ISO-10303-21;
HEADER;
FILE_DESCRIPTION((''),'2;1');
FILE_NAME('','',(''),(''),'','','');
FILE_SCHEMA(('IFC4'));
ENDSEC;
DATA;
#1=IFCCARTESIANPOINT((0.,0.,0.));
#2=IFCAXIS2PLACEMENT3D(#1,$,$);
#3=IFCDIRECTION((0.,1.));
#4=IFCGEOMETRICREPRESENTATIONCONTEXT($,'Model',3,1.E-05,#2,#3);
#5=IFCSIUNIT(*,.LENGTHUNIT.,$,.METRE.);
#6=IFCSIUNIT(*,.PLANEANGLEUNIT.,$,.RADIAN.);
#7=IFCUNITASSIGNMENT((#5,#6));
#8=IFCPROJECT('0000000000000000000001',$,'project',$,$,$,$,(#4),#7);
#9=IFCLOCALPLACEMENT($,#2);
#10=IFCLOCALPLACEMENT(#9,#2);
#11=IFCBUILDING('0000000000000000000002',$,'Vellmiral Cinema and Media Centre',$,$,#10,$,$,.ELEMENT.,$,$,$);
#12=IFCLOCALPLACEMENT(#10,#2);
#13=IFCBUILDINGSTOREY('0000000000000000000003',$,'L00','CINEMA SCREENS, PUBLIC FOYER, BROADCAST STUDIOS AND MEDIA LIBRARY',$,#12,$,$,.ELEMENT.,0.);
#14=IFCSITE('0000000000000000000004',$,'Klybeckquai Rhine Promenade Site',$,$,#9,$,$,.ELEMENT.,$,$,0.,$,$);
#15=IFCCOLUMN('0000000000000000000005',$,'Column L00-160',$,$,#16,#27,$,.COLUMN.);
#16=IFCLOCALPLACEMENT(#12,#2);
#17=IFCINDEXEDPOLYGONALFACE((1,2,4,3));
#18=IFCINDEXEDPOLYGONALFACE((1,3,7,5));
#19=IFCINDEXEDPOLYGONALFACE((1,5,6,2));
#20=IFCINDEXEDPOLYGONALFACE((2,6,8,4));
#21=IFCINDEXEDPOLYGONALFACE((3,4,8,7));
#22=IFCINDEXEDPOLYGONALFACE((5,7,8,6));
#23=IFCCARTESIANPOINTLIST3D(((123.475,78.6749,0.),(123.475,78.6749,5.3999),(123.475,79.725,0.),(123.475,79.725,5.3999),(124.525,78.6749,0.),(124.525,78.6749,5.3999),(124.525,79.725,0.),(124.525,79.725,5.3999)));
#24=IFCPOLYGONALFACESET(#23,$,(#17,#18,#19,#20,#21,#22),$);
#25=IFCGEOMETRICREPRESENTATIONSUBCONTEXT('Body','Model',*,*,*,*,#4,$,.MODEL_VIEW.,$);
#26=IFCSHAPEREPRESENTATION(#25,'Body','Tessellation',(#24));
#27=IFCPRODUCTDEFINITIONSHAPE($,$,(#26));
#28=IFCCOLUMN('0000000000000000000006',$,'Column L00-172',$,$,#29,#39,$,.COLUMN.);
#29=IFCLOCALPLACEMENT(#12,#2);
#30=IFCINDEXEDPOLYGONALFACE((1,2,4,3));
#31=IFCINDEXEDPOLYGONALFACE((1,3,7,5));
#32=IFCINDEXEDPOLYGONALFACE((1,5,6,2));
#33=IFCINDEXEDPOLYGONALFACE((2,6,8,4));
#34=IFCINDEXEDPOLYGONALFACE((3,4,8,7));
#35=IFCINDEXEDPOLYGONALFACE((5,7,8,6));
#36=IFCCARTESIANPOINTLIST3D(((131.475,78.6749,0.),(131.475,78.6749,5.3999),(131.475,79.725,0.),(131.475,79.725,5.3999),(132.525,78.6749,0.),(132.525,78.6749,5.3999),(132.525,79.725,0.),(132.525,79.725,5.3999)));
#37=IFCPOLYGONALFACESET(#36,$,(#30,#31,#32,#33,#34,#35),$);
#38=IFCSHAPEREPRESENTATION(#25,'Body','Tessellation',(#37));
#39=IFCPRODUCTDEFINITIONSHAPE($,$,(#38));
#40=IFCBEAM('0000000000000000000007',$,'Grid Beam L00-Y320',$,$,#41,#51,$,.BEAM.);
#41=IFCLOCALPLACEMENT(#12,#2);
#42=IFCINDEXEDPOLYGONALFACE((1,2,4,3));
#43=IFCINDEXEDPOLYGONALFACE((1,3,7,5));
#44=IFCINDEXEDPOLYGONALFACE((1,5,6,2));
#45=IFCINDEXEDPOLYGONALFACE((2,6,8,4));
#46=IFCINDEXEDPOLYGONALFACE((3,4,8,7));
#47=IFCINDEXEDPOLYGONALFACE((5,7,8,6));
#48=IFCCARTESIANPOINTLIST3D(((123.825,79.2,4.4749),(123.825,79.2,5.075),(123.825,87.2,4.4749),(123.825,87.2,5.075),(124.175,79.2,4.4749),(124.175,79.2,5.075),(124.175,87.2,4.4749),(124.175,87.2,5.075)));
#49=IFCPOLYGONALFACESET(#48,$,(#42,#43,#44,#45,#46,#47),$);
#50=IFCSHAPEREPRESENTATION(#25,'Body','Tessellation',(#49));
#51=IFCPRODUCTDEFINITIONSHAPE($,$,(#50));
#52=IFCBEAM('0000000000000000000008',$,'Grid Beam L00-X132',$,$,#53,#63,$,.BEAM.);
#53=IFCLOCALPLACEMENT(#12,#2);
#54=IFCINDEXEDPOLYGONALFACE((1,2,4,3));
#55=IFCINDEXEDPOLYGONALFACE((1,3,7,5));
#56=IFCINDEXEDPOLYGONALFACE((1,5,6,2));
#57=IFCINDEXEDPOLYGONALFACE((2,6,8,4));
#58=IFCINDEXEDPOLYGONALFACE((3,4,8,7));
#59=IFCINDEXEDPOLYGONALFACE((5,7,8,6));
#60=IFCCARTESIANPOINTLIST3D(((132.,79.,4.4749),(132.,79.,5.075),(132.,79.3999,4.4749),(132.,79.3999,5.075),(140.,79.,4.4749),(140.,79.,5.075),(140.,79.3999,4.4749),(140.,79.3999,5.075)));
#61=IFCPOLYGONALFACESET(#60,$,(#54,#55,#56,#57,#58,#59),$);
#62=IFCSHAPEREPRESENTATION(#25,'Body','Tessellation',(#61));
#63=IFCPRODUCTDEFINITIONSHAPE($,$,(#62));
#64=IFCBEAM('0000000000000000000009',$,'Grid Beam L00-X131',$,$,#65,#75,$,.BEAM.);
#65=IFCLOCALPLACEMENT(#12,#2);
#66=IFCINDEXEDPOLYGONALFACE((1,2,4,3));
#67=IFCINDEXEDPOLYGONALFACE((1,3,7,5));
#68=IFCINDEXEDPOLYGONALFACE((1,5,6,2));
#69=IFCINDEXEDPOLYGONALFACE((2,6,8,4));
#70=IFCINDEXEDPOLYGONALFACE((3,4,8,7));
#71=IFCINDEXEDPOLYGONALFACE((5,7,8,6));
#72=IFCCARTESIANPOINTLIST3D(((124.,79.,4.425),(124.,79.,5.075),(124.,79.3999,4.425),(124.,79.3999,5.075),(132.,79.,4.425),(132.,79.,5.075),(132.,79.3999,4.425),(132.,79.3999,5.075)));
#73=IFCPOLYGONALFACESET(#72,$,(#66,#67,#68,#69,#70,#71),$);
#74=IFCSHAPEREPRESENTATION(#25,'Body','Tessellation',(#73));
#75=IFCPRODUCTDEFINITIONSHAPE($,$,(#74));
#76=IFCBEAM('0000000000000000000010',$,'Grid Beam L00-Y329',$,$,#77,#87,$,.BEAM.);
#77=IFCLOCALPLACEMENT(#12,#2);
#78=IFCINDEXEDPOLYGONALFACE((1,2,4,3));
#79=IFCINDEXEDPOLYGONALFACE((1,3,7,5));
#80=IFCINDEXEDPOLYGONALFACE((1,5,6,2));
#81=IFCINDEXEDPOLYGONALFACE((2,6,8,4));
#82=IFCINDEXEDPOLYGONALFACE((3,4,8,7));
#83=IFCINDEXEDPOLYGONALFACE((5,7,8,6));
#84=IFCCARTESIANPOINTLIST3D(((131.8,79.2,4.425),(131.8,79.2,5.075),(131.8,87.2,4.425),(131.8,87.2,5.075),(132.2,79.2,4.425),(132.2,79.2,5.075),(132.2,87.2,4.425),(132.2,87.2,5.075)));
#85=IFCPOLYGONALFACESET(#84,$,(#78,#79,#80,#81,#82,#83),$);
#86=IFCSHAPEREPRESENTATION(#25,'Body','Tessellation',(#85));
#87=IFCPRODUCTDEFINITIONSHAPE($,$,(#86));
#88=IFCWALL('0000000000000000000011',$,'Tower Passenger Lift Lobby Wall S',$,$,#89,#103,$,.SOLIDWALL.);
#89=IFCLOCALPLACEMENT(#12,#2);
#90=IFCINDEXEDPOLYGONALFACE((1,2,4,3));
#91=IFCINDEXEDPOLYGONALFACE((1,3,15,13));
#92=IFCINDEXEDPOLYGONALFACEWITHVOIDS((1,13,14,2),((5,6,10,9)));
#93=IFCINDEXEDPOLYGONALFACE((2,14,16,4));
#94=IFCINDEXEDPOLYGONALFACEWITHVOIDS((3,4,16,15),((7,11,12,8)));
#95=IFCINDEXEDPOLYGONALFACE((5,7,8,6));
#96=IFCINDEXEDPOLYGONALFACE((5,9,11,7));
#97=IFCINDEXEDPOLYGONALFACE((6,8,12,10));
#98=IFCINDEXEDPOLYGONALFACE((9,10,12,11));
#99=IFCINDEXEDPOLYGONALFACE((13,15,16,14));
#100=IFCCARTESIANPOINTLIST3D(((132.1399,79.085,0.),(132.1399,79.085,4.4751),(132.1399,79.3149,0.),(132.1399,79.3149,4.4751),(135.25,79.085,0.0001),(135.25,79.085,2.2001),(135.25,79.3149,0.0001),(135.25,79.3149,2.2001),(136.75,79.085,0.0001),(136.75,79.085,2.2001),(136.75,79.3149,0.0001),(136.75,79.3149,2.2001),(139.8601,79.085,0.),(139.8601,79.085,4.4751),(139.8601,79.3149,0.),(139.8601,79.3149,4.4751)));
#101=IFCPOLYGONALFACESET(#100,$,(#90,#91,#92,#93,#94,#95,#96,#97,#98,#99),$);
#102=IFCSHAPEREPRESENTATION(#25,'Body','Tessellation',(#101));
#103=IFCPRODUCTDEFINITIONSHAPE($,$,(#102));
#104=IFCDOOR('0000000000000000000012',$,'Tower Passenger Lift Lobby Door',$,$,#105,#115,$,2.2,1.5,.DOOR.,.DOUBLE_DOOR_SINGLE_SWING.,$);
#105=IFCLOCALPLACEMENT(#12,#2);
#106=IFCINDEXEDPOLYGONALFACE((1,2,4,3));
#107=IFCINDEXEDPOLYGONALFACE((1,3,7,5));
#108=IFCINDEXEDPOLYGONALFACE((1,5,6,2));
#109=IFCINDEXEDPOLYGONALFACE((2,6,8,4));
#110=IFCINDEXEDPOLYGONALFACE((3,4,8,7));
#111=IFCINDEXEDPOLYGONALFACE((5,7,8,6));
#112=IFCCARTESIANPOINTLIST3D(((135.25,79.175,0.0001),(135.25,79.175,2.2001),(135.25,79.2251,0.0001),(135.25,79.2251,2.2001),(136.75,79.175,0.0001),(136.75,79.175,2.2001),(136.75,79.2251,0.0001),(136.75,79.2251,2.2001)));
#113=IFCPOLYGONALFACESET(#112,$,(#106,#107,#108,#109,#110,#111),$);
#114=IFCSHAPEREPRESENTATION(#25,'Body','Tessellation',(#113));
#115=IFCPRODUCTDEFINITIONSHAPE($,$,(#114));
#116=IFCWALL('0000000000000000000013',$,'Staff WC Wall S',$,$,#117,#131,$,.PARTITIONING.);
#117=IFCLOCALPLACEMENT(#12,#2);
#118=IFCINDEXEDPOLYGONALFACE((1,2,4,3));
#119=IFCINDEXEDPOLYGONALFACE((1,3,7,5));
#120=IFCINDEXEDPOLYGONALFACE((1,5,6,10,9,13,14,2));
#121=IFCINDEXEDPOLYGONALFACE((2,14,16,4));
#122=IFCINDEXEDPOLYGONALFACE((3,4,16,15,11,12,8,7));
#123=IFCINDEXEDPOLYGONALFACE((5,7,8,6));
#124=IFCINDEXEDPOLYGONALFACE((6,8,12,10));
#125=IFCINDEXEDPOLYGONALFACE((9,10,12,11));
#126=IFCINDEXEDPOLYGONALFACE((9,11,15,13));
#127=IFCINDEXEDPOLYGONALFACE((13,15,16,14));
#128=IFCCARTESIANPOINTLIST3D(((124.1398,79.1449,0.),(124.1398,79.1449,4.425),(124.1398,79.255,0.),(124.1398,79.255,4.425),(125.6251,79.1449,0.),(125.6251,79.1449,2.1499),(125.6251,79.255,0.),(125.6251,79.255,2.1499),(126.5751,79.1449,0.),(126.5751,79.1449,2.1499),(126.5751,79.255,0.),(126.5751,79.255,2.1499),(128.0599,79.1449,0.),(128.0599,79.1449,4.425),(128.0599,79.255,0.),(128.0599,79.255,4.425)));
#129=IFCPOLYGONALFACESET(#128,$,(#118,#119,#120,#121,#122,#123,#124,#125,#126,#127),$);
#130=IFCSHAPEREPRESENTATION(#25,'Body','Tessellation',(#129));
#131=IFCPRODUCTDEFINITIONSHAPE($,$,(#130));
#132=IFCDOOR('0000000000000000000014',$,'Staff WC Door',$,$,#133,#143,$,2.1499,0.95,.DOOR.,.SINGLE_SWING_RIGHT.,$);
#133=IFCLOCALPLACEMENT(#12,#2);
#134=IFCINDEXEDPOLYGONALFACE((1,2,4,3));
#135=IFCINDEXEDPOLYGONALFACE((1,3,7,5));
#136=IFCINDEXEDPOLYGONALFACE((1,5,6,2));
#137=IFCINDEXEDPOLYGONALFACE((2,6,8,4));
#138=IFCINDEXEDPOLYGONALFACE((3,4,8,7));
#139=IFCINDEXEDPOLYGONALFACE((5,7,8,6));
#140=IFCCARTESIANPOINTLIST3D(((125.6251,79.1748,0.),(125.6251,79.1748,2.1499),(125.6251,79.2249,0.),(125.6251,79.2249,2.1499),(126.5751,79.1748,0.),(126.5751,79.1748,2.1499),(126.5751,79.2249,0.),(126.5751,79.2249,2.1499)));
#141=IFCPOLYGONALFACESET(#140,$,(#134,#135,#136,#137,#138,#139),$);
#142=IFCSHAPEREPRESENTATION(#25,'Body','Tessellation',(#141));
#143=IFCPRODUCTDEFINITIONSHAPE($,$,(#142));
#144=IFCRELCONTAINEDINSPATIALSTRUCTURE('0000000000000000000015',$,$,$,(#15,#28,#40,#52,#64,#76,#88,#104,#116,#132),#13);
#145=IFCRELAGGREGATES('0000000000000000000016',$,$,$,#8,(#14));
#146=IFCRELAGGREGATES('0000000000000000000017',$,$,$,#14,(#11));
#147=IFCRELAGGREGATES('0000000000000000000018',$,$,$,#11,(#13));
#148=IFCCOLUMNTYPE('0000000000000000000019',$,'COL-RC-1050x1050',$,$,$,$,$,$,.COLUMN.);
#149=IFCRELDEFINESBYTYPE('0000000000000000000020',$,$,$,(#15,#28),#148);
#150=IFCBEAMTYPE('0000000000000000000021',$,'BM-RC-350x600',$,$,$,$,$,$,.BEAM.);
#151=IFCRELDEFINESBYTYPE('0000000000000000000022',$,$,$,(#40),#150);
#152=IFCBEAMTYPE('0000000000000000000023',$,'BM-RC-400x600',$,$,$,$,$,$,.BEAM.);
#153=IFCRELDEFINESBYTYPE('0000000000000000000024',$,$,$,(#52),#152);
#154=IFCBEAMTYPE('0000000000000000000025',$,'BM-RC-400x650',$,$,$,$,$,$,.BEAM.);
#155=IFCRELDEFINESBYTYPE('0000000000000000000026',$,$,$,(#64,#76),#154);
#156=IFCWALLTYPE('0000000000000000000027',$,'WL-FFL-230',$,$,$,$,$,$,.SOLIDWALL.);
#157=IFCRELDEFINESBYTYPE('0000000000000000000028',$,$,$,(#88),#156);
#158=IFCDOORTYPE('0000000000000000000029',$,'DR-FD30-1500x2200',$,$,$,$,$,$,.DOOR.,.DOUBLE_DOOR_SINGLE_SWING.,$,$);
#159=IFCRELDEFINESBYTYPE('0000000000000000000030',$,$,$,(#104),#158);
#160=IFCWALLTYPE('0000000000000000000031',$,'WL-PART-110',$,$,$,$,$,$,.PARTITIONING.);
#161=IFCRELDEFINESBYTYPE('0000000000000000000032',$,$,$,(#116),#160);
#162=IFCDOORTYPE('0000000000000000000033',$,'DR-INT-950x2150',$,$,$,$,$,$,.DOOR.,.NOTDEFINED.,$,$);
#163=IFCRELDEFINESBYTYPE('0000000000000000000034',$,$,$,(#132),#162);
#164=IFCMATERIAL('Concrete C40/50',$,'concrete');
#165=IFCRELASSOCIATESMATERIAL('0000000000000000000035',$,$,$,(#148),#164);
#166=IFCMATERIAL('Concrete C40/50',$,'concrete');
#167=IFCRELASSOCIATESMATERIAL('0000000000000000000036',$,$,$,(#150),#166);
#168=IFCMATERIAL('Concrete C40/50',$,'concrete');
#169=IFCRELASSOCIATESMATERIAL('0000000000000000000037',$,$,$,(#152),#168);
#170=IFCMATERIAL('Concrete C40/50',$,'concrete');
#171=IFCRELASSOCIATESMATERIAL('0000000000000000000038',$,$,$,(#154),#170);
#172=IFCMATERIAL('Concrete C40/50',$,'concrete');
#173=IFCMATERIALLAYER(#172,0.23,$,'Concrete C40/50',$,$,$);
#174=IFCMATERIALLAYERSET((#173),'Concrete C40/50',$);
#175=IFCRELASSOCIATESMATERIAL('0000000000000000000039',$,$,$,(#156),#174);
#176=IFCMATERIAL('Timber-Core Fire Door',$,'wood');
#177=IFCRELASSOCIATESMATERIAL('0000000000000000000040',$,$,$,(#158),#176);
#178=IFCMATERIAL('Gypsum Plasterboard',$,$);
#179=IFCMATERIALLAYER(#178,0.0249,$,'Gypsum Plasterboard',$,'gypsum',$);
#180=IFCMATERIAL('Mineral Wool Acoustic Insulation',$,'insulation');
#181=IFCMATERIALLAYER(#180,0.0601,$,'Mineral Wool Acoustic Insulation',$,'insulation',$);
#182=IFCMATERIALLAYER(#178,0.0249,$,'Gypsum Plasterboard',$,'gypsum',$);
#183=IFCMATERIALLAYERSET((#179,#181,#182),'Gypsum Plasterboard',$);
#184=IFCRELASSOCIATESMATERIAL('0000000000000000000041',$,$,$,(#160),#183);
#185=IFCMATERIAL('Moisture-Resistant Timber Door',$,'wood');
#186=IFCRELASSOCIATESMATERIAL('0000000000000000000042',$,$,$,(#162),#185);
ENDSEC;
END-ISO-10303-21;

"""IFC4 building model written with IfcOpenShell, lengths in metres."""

from ifc_helpers import new_model, si_unit, direction, frame, frame_2d, origin, origin_2d, place, context, subcontext, project, spatial, rectangle, extrude, material, layer, layer_set, material_profile, profile_set, type_object, element, fill, save


model = new_model("IFC4")

# Units and contexts
model_context = context("Model", 3, precision=1e-05, world=origin(), true_north=direction((0.0, 1.0)))
body_context = subcontext(model_context, "Body", "Model", "MODEL_VIEW")
ifc_project = project(units=[si_unit("LENGTHUNIT", "METRE"), si_unit("PLANEANGLEUNIT", "RADIAN")], contexts=[model_context])

# Site, building, storey
site_placement = place(None, origin())
site = spatial("IfcSite", under=ifc_project, at=site_placement, Name="Klybeckquai Rhine Promenade Site", CompositionType="ELEMENT", RefElevation=0.0)
building_placement = place(site_placement, origin())
building = spatial("IfcBuilding", under=site, at=building_placement, Name="Vellmiral Cinema and Media Centre", CompositionType="ELEMENT")
storey_placement = place(building_placement, origin())
storey = spatial("IfcBuildingStorey", under=building, at=storey_placement, Name="L00", Description="CINEMA SCREENS, PUBLIC FOYER, BROADCAST STUDIOS AND MEDIA LIBRARY", CompositionType="ELEMENT", Elevation=0.0)

# Columns
ifc_material_1 = material(Name="Concrete C40/50", Category="concrete")
ifc_material_profile_1 = material_profile(ifc_material_1, rectangle(XDim=1.05, YDim=1.05, at=origin_2d()), Name="RC 1050x1050")
ifc_profile_set_1 = profile_set([ifc_material_profile_1], Name="Concrete C40/50")
column_type = type_object("IfcColumnType", Name="COL-RC-1050x1050", PredefinedType="COLUMN", material=ifc_profile_set_1)
for number, where, z_axis, x_axis, name in (
    (1, (124.0, 79.2, 0.0), (0.0, 0.0, 1.0), (1.0, 0.0, 0.0), "Column L00-160"),
    (2, (132.0, 79.2, 0.0), (0.0, 0.0, 1.0), (1.0, 0.0, 0.0), "Column L00-172"),
):
    element("IfcColumn", number, at=place(storey_placement, frame(where, z_axis=z_axis, x_axis=x_axis)), inside=storey, type_object=column_type, Name=name, PredefinedType="COLUMN", context=body_context, shape_type="SweptSolid", body=[
        extrude(rectangle(XDim=1.05, YDim=1.05, at=origin_2d()), origin(), (0.0, 0.0, 1.0), 5.3999),
    ])

# Beams
ifc_material_2 = material(Name="Concrete C40/50", Category="concrete")
ifc_material_profile_2 = material_profile(ifc_material_2, rectangle(XDim=0.3501, YDim=0.6001, at=origin_2d()), Name="RC 350x600")
ifc_profile_set_2 = profile_set([ifc_material_profile_2], Name="Concrete C40/50")
beam_type_1 = type_object("IfcBeamType", Name="BM-RC-350x600", PredefinedType="BEAM", material=ifc_profile_set_2)
beam_1_placement = place(storey_placement, frame((124.0, 79.2, 4.7749), z_axis=(0.0, 1.0, 0.0), x_axis=(-1.0, 0.0, 0.0)))
element("IfcBeam", 3, at=beam_1_placement, inside=storey, type_object=beam_type_1, Name="Grid Beam L00-Y320", PredefinedType="BEAM", context=body_context, shape_type="SweptSolid", body=[
    extrude(rectangle(XDim=0.3501, YDim=0.6001, at=origin_2d()), origin(), (0.0, 0.0, 1.0), 8.0),
])
ifc_material_3 = material(Name="Concrete C40/50", Category="concrete")
ifc_material_profile_3 = material_profile(ifc_material_3, rectangle(XDim=0.3999, YDim=0.6001, at=origin_2d()), Name="RC 400x600")
ifc_profile_set_3 = profile_set([ifc_material_profile_3], Name="Concrete C40/50")
beam_type_2 = type_object("IfcBeamType", Name="BM-RC-400x600", PredefinedType="BEAM", material=ifc_profile_set_3)
beam_2_placement = place(storey_placement, frame((132.0, 79.2, 4.7749), z_axis=(1.0, 0.0, 0.0), x_axis=(0.0, 1.0, 0.0)))
element("IfcBeam", 4, at=beam_2_placement, inside=storey, type_object=beam_type_2, Name="Grid Beam L00-X132", PredefinedType="BEAM", context=body_context, shape_type="SweptSolid", body=[
    extrude(rectangle(XDim=0.3999, YDim=0.6001, at=origin_2d()), origin(), (0.0, 0.0, 1.0), 8.0),
])
ifc_material_4 = material(Name="Concrete C40/50", Category="concrete")
ifc_material_profile_4 = material_profile(ifc_material_4, rectangle(XDim=0.3999, YDim=0.6499, at=origin_2d()), Name="RC 400x650")
ifc_profile_set_4 = profile_set([ifc_material_profile_4], Name="Concrete C40/50")
beam_type_3 = type_object("IfcBeamType", Name="BM-RC-400x650", PredefinedType="BEAM", material=ifc_profile_set_4)
for number, where, z_axis, x_axis, name in (
    (5, (124.0, 79.2, 4.75), (1.0, 0.0, 0.0), (0.0, 1.0, 0.0), "Grid Beam L00-X131"),
    (6, (132.0, 79.2, 4.75), (0.0, 1.0, 0.0), (-1.0, 0.0, 0.0), "Grid Beam L00-Y329"),
):
    element("IfcBeam", number, at=place(storey_placement, frame(where, z_axis=z_axis, x_axis=x_axis)), inside=storey, type_object=beam_type_3, Name=name, PredefinedType="BEAM", context=body_context, shape_type="SweptSolid", body=[
        extrude(rectangle(XDim=0.3999, YDim=0.6499, at=origin_2d()), origin(), (0.0, 0.0, 1.0), 8.0),
    ])

# Walls, openings, doors
ifc_material_5 = material(Name="Concrete C40/50", Category="concrete")
ifc_layer_1 = layer(ifc_material_5, 0.23, Name="Concrete C40/50")
ifc_layer_set_1 = layer_set([ifc_layer_1], Name="Concrete C40/50")
wall_type_1 = type_object("IfcWallType", Name="WL-FFL-230", PredefinedType="SOLIDWALL", material=ifc_layer_set_1)
wall_1_placement = place(storey_placement, frame((132.1399, 79.2, 0.0), z_axis=(0.0, 0.0, 1.0), x_axis=(1.0, 0.0, 0.0)))
wall_1 = element("IfcWall", 7, at=wall_1_placement, inside=storey, type_object=wall_type_1, Name="Tower Passenger Lift Lobby Wall S", PredefinedType="SOLIDWALL", context=body_context, shape_type="SweptSolid", body=[
    extrude(rectangle(XDim=7.7202, YDim=0.23, at=frame_2d((3.8601, 0.0))), origin(), (0.0, 0.0, 1.0), 4.4751),
])
opening_1_placement = place(wall_1_placement, frame((3.1101, 0.0, 0.0)))
opening_1 = element("IfcOpeningElement", 8, at=opening_1_placement, cuts=wall_1, PredefinedType="OPENING", context=body_context, shape_type="SweptSolid", body=[
    extrude(rectangle(XDim=1.5, YDim=2.2, at=frame_2d((0.75, 1.1001))), frame((0.0, 0.127, 0.0), z_axis=(0.0, -1.0, 0.0), x_axis=(1.0, 0.0, 0.0)), (0.0, 0.0, 1.0), 0.2539),
])
ifc_material_6 = material(Name="Timber-Core Fire Door", Category="wood")
door_type_1 = type_object("IfcDoorType", Name="DR-FD30-1500x2200", OperationType="DOUBLE_DOOR_SINGLE_SWING", PredefinedType="DOOR", material=ifc_material_6)
door_1_placement = place(opening_1_placement, frame((1.5, 0.0, 0.0), z_axis=(0.0, 0.0, 1.0), x_axis=(-1.0, 0.0, 0.0)))
door_1 = element("IfcDoor", 9, at=door_1_placement, inside=storey, type_object=door_type_1, Name="Tower Passenger Lift Lobby Door", OperationType="DOUBLE_DOOR_SINGLE_SWING", OverallHeight=2.2, OverallWidth=1.5, PredefinedType="DOOR", context=body_context, shape_type="SweptSolid", body=[
    extrude(rectangle(XDim=1.5, YDim=2.2, at=frame_2d((0.75, 1.1001))), frame((0.0, 0.0249, 0.0), z_axis=(0.0, -1.0, 0.0), x_axis=(1.0, 0.0, 0.0)), (0.0, 0.0, 1.0), 0.05),
])
fill(opening_1, door_1)
ifc_material_7 = material(Name="Gypsum Plasterboard")
ifc_layer_2 = layer(ifc_material_7, 0.0249, Name="Gypsum Plasterboard", Category="gypsum")
ifc_material_8 = material(Name="Mineral Wool Acoustic Insulation", Category="insulation")
ifc_layer_3 = layer(ifc_material_8, 0.0601, Name="Mineral Wool Acoustic Insulation", Category="insulation")
ifc_layer_4 = layer(ifc_material_7, 0.0249, Name="Gypsum Plasterboard", Category="gypsum")
ifc_layer_set_2 = layer_set([ifc_layer_2, ifc_layer_3, ifc_layer_4], Name="Gypsum Plasterboard")
wall_type_2 = type_object("IfcWallType", Name="WL-PART-110", PredefinedType="PARTITIONING", material=ifc_layer_set_2)
wall_2_placement = place(storey_placement, frame((124.1399, 79.2, 0.0), z_axis=(0.0, 0.0, 1.0), x_axis=(1.0, 0.0, 0.0)))
wall_2 = element("IfcWall", 10, at=wall_2_placement, inside=storey, type_object=wall_type_2, Name="Staff WC Wall S", PredefinedType="PARTITIONING", context=body_context, shape_type="SweptSolid", body=[
    extrude(rectangle(XDim=3.9202, YDim=0.1101, at=frame_2d((1.96, 0.0))), origin(), (0.0, 0.0, 1.0), 4.425),
])
opening_2_placement = place(wall_2_placement, frame((1.4851, 0.0, 0.0)))
opening_2 = element("IfcOpeningElement", 11, at=opening_2_placement, cuts=wall_2, PredefinedType="OPENING", context=body_context, shape_type="SweptSolid", body=[
    extrude(rectangle(XDim=0.95, YDim=2.1499, at=frame_2d((0.4751, 1.075))), frame((0.0, 0.0669, 0.0), z_axis=(0.0, -1.0, 0.0), x_axis=(1.0, 0.0, 0.0)), (0.0, 0.0, 1.0), 0.134),
])
ifc_material_9 = material(Name="Moisture-Resistant Timber Door", Category="wood")
door_type_2 = type_object("IfcDoorType", Name="DR-INT-950x2150", OperationType="NOTDEFINED", PredefinedType="DOOR", material=ifc_material_9)
door_2_placement = place(opening_2_placement, origin())
door_2 = element("IfcDoor", 12, at=door_2_placement, inside=storey, type_object=door_type_2, Name="Staff WC Door", OperationType="SINGLE_SWING_RIGHT", OverallHeight=2.1499, OverallWidth=0.95, PredefinedType="DOOR", context=body_context, shape_type="SweptSolid", body=[
    extrude(rectangle(XDim=0.95, YDim=2.1499, at=frame_2d((0.4751, 1.075))), frame((0.0, 0.0249, 0.0), z_axis=(0.0, -1.0, 0.0), x_axis=(1.0, 0.0, 0.0)), (0.0, 0.0, 1.0), 0.05),
])
fill(opening_2, door_2)

save(model, "model.ifc")
